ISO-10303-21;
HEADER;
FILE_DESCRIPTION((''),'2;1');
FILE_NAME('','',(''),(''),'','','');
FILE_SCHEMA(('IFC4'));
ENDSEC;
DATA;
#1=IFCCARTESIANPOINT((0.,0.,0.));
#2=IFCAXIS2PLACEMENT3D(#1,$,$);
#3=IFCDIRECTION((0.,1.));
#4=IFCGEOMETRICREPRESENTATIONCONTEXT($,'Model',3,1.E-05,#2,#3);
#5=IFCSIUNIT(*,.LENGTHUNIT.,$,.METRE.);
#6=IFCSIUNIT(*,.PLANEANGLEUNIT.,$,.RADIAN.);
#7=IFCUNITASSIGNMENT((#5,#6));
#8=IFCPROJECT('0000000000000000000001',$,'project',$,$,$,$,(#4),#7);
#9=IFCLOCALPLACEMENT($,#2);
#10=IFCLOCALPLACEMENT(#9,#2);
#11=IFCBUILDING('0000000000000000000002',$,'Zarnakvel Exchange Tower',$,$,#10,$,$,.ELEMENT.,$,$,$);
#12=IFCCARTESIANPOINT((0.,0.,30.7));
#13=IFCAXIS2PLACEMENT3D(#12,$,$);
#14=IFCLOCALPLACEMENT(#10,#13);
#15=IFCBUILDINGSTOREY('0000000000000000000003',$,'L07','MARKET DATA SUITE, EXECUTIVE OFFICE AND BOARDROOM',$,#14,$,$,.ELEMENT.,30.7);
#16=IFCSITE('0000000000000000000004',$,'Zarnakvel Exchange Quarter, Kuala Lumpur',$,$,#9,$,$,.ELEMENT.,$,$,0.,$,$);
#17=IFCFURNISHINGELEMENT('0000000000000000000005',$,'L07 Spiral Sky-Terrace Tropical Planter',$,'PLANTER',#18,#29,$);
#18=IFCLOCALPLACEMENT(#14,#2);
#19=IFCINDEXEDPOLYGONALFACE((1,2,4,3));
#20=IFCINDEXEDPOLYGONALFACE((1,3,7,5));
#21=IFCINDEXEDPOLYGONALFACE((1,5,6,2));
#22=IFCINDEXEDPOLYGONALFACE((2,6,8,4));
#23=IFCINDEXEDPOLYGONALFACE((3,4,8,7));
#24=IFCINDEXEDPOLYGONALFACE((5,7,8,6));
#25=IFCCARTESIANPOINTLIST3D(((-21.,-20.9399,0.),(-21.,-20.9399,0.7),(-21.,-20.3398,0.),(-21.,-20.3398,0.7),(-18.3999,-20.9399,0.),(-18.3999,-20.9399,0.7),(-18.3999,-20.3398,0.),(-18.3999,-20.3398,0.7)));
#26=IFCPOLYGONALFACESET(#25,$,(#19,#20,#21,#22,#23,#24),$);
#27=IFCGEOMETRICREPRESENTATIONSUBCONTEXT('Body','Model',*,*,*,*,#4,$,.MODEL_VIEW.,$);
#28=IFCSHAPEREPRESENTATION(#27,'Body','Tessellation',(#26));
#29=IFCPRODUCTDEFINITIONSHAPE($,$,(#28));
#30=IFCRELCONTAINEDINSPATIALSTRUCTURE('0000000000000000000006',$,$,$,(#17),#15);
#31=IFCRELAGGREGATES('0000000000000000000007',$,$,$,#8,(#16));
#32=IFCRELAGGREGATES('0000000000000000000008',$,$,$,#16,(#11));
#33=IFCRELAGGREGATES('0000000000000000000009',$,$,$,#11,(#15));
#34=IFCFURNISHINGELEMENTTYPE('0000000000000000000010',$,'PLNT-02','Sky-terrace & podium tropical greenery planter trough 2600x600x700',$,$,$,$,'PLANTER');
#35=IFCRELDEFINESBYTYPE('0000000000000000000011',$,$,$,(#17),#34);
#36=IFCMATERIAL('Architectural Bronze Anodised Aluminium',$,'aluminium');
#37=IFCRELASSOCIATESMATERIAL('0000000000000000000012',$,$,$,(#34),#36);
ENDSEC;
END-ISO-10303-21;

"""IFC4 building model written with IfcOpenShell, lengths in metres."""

from ifc_helpers import new_model, si_unit, direction, frame, origin, origin_2d, place, context, subcontext, project, spatial, rectangle, extrude, source, transform, mapped, material, type_object, element, save


model = new_model("IFC4")

# Units and contexts
model_context = context("Model", 3, precision=1e-05, world=origin(), true_north=direction((0.0, 1.0)))
body_context = subcontext(model_context, "Body", "Model", "MODEL_VIEW")
ifc_project = project(units=[si_unit("LENGTHUNIT", "METRE"), si_unit("PLANEANGLEUNIT", "RADIAN")], contexts=[model_context])

# Site, building, storey
site_placement = place(None, origin())
site = spatial("IfcSite", under=ifc_project, at=site_placement, Name="Zarnakvel Exchange Quarter, Kuala Lumpur", CompositionType="ELEMENT", RefElevation=0.0)
building_placement = place(site_placement, origin())
building = spatial("IfcBuilding", under=site, at=building_placement, Name="Zarnakvel Exchange Tower", CompositionType="ELEMENT")
storey_placement = place(building_placement, frame((0.0, 0.0, 30.7)))
storey = spatial("IfcBuildingStorey", under=building, at=storey_placement, Name="L07", Description="MARKET DATA SUITE, EXECUTIVE OFFICE AND BOARDROOM", CompositionType="ELEMENT", Elevation=30.7)

# Shared definitions
ifc_material_1 = material(Name="Architectural Bronze Anodised Aluminium", Category="aluminium")

# Furnishing element
furnishing_element_type = type_object("IfcFurnishingElementType", Name="PLNT-02", Description="Sky-terrace & podium tropical greenery planter trough 2600x600x700", ElementType="PLANTER", material=ifc_material_1)
shared_shape_1 = source(origin(), body_context, "Body", "SweptSolid", [
    extrude(rectangle(XDim=2.6001, YDim=0.6001, at=origin_2d()), origin(), (0.0, 0.0, 1.0), 0.7),
])
furnishing_placement = place(storey_placement, frame((-19.7, -20.6399, 0.0), z_axis=(0.0, 0.0, 1.0), x_axis=(1.0, 0.0, 0.0)))
element("IfcFurnishingElement", 1, at=furnishing_placement, inside=storey, type_object=furnishing_element_type, Name="L07 Spiral Sky-Terrace Tropical Planter", ObjectType="PLANTER", context=body_context, shape_type="MappedRepresentation", body=[
    mapped(shared_shape_1, transform((0.0, 0.0, 0.0), x_axis=(1.0, 0.0, 0.0), y_axis=(0.0, 1.0, 0.0), z_axis=(0.0, 0.0, 1.0), scale=1.0)),
])

save(model, "model.ifc")
